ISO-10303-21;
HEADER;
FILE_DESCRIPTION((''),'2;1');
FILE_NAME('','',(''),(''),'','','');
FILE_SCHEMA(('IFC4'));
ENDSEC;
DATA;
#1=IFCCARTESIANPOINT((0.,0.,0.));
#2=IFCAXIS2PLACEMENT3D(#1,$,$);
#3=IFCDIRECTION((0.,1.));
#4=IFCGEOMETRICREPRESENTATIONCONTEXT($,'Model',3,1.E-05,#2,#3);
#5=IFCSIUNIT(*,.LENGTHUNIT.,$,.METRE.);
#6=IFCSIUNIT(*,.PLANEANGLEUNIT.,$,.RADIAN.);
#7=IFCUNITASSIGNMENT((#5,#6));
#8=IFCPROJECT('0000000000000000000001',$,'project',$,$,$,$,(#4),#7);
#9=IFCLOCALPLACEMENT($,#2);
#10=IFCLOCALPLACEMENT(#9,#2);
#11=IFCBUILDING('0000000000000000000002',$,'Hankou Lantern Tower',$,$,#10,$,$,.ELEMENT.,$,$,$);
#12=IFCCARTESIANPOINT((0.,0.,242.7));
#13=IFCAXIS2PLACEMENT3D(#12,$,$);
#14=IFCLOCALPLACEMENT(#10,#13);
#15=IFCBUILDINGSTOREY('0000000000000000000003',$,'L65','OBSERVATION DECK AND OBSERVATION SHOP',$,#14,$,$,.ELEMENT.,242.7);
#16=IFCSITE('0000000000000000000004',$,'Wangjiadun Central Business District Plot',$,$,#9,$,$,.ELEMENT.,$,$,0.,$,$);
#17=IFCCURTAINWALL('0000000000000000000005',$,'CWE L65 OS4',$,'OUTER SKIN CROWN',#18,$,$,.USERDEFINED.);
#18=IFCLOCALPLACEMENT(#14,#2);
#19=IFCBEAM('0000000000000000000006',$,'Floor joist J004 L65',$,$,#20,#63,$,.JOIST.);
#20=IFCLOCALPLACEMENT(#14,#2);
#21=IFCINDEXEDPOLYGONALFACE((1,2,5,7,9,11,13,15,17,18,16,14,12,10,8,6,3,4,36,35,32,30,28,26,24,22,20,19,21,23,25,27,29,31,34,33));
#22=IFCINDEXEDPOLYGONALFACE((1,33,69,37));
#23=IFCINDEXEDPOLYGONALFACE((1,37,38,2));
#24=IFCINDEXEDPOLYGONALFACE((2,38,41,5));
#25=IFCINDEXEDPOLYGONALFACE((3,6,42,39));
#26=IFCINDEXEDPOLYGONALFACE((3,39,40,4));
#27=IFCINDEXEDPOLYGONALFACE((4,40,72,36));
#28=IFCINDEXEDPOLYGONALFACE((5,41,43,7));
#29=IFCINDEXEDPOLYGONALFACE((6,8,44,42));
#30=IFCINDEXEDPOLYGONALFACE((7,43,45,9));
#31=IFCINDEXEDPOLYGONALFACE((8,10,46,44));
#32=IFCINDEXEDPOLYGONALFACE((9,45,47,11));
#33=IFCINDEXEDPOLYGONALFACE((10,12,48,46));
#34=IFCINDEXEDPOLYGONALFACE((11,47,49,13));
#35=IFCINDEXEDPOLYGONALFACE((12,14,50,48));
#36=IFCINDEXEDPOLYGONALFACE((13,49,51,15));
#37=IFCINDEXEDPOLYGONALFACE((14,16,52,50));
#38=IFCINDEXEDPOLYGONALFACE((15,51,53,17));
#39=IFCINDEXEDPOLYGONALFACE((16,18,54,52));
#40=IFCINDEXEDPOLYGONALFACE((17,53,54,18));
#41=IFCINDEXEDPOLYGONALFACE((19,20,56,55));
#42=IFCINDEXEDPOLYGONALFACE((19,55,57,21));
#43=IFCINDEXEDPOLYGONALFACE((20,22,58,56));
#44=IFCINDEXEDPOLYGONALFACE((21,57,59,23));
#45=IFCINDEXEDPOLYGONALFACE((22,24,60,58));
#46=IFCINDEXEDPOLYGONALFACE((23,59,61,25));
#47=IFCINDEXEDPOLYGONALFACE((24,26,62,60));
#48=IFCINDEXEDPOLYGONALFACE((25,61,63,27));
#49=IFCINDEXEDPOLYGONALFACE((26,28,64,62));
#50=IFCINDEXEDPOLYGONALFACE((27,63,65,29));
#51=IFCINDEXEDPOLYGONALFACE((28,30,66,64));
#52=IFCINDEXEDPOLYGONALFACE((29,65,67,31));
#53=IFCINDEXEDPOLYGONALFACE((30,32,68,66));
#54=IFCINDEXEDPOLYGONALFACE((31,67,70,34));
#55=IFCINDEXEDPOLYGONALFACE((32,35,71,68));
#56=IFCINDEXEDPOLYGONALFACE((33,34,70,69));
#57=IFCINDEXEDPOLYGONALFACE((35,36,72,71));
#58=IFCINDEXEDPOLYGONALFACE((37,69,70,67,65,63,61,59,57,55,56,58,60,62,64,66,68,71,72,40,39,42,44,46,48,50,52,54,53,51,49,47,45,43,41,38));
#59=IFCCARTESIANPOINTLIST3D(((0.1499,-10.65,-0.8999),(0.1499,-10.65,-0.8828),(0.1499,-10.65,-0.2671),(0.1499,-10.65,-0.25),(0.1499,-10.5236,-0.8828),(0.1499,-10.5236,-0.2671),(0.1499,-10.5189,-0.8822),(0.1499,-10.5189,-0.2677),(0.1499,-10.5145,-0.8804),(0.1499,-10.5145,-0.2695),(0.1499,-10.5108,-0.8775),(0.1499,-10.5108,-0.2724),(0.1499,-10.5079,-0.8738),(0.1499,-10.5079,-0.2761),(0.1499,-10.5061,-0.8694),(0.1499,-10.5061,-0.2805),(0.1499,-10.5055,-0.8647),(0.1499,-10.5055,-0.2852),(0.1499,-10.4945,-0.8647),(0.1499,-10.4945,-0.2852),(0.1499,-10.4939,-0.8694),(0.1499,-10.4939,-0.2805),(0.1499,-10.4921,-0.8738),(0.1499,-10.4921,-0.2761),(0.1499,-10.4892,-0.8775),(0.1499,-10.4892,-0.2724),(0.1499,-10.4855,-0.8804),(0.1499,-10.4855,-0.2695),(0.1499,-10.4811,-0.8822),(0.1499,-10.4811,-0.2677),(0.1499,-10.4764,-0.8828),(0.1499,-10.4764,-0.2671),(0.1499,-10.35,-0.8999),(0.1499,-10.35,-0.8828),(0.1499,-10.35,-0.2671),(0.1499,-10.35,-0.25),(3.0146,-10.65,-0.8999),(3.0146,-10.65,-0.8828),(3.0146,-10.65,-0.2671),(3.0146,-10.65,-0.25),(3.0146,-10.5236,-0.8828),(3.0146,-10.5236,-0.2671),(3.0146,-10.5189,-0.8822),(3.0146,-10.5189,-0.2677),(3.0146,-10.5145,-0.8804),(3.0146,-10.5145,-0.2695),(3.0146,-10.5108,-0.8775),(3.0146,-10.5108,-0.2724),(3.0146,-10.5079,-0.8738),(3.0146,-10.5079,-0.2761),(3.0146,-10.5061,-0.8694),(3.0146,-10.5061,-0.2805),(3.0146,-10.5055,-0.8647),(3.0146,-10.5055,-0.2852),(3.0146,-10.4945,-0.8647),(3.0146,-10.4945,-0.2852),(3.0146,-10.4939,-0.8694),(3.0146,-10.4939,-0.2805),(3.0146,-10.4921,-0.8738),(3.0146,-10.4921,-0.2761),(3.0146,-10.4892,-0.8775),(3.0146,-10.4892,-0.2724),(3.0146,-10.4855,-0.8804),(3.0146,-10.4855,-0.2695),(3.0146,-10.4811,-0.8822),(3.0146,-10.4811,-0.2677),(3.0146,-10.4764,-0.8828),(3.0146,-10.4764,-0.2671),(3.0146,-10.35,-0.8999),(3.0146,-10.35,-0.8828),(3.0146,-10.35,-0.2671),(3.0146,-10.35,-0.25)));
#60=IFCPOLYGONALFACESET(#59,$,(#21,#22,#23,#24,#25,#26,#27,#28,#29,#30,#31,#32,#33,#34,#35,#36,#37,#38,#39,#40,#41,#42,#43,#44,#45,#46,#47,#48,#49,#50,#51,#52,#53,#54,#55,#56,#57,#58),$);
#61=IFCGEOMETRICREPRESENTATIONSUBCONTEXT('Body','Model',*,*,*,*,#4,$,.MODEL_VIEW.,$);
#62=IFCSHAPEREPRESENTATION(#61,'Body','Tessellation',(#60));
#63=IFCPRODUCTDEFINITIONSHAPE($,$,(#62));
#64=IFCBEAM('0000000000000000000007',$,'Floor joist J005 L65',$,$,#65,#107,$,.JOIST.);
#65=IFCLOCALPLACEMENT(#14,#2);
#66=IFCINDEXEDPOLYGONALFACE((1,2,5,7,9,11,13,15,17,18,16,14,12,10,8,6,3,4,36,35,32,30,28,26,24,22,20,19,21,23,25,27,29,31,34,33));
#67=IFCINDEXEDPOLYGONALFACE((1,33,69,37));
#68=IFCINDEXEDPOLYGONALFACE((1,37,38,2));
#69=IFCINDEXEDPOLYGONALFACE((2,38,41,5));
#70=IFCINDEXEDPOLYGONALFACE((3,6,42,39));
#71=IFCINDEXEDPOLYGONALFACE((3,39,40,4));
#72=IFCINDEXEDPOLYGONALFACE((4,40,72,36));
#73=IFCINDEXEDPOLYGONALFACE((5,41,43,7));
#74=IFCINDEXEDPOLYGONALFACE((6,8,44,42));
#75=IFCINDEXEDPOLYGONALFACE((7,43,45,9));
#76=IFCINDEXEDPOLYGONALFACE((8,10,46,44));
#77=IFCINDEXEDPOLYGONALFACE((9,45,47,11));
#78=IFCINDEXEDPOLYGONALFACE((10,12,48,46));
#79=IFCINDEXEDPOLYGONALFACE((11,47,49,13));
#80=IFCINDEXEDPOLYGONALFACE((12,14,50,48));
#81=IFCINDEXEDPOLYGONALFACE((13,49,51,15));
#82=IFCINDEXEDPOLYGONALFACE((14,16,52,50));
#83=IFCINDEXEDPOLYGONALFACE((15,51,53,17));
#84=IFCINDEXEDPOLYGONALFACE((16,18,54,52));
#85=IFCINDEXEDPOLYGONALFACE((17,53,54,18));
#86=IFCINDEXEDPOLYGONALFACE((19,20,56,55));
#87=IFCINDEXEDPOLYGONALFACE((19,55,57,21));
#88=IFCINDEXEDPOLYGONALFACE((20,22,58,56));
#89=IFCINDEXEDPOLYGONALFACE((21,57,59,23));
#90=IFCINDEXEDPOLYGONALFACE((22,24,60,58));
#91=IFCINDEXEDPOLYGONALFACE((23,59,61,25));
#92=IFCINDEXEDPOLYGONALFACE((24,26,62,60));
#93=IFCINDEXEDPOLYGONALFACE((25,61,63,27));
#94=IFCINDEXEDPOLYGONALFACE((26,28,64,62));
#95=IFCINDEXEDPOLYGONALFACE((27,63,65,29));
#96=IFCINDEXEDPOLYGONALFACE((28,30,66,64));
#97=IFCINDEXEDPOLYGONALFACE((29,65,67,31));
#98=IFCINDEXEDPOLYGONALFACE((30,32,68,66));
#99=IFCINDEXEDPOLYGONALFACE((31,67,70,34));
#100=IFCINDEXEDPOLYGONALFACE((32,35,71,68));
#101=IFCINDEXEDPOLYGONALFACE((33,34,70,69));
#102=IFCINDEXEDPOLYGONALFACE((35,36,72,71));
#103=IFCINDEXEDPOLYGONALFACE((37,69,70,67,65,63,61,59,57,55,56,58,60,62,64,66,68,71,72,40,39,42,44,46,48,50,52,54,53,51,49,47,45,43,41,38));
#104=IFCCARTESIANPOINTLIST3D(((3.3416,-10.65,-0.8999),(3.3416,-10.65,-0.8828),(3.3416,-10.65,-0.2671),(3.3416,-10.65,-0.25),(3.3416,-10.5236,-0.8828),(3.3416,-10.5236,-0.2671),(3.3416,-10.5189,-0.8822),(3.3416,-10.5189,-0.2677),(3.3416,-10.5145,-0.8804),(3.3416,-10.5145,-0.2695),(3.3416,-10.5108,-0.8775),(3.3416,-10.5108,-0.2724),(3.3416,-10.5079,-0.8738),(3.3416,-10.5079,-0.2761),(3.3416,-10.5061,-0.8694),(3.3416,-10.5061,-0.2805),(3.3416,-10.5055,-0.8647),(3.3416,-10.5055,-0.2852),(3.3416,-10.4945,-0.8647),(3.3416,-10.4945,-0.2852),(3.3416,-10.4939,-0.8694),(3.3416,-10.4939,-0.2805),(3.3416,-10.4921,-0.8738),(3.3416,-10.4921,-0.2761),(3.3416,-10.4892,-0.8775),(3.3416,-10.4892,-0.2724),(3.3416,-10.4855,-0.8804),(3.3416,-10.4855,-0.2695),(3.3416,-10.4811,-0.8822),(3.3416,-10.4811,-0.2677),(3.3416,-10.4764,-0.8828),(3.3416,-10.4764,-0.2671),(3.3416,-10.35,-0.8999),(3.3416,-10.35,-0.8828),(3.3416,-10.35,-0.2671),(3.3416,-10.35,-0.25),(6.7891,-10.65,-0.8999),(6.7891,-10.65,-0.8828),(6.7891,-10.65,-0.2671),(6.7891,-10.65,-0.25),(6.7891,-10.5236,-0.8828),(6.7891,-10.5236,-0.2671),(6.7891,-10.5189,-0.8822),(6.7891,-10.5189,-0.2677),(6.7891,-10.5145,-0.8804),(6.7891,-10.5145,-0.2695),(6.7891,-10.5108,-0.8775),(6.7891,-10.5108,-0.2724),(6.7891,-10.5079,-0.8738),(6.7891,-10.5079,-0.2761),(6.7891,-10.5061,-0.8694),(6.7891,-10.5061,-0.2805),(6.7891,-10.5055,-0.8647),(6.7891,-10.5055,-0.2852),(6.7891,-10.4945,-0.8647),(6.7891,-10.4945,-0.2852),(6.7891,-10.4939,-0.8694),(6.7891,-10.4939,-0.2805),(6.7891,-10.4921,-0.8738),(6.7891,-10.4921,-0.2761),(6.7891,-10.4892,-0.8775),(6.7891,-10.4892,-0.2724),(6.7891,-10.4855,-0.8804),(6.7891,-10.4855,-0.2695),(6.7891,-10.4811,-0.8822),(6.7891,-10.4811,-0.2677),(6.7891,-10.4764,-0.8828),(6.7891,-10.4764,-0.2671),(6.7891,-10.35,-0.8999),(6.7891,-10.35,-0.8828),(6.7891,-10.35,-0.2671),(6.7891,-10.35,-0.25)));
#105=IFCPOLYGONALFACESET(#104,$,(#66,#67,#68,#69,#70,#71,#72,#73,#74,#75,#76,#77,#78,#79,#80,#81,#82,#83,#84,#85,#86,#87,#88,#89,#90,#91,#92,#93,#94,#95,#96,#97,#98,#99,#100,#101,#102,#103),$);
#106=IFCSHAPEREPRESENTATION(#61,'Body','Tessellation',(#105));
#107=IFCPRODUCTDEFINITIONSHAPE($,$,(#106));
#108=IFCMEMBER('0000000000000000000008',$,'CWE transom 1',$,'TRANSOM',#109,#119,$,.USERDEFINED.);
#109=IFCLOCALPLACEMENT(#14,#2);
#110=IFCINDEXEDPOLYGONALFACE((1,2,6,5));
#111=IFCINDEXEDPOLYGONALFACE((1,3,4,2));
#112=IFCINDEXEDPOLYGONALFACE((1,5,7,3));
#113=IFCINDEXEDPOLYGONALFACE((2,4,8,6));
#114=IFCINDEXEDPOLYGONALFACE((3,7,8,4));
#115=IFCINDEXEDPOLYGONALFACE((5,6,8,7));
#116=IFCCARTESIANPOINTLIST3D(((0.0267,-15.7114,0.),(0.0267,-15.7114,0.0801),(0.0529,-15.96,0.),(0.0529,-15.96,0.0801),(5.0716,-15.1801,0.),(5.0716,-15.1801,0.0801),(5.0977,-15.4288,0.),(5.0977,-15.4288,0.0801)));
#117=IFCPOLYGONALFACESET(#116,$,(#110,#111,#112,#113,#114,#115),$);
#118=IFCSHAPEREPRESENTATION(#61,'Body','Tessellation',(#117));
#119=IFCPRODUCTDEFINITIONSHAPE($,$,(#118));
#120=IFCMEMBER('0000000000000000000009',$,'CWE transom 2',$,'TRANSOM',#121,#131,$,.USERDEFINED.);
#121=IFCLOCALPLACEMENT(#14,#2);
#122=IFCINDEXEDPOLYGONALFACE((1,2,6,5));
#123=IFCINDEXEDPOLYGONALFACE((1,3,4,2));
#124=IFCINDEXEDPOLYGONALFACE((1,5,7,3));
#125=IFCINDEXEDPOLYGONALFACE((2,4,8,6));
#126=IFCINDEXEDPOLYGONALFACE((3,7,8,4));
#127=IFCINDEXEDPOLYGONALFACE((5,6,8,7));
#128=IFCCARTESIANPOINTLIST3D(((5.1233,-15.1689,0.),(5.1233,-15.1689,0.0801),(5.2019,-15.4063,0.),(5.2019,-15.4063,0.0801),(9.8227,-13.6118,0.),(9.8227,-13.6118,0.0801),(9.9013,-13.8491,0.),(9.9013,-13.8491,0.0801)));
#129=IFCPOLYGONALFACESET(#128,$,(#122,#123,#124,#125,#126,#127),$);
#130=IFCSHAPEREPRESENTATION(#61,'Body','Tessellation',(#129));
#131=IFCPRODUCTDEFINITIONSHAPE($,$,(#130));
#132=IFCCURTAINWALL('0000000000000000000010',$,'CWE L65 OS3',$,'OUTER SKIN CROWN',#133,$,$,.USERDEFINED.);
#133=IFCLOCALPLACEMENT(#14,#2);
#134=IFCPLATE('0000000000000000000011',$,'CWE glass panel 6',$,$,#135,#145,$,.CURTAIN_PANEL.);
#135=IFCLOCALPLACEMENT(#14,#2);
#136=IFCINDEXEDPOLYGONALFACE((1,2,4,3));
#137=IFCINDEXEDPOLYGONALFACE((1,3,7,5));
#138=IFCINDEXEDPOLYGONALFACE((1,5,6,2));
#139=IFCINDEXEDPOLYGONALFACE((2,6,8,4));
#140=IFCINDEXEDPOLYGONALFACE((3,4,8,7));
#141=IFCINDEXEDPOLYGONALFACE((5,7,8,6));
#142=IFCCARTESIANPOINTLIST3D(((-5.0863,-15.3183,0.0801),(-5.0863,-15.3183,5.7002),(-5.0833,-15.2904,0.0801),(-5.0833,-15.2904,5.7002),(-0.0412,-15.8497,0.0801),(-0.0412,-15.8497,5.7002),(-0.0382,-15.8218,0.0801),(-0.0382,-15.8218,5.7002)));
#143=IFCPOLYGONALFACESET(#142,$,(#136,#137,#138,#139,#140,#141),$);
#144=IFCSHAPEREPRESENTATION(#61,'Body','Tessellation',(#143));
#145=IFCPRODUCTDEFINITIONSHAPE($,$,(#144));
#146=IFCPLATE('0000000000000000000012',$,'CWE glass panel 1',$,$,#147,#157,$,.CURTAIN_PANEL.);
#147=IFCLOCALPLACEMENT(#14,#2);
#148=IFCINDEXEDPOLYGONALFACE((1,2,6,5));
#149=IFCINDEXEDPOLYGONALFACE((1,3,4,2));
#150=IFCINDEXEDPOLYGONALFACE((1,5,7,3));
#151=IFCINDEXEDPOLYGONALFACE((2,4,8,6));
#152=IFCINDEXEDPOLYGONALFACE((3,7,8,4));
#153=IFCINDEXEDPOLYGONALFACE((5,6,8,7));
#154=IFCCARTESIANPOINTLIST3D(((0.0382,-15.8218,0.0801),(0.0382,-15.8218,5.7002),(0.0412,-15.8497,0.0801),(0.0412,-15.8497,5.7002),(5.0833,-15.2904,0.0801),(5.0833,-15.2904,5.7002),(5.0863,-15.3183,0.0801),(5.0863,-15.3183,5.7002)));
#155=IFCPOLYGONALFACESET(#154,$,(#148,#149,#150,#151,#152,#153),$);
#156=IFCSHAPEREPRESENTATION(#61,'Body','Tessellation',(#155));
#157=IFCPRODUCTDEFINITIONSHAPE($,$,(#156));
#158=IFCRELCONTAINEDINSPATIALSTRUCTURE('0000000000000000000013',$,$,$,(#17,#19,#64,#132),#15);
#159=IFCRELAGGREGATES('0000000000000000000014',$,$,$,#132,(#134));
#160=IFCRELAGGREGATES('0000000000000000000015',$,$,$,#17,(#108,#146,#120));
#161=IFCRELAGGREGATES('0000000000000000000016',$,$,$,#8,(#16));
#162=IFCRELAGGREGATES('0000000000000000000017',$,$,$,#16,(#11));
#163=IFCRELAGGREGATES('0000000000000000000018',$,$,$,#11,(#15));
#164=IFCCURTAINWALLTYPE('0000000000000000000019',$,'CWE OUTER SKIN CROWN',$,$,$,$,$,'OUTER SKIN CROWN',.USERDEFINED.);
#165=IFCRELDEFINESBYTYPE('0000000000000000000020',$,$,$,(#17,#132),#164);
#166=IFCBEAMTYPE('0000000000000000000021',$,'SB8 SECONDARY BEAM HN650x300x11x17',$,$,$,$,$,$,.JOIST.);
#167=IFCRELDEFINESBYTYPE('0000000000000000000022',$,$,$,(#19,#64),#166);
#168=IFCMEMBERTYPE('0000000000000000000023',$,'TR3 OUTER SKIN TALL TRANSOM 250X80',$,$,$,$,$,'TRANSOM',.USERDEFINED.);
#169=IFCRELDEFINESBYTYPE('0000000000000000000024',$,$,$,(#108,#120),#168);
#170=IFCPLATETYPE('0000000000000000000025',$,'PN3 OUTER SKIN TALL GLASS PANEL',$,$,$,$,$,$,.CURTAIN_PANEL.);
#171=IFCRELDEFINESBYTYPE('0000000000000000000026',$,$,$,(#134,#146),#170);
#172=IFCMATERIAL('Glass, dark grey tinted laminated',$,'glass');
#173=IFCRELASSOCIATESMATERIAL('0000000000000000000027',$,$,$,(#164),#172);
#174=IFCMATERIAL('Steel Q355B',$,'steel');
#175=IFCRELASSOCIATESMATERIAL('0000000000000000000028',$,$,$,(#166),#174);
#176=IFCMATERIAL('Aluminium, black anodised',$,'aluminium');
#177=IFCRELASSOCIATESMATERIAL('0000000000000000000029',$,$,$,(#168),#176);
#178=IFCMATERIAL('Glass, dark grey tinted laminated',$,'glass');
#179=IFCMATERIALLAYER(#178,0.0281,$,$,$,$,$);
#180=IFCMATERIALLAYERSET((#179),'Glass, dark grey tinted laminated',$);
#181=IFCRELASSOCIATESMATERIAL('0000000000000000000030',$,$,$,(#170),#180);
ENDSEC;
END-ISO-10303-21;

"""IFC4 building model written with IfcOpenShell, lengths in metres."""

from ifc_helpers import new_model, si_unit, direction, frame, origin, origin_2d, place, context, subcontext, project, spatial, rectangle, i_section, extrude, material, layer, layer_set, material_profile, profile_set, type_object, element, aggregate, save


model = new_model("IFC4")

# Units and contexts
model_context = context("Model", 3, precision=1e-05, world=origin(), true_north=direction((0.0, 1.0)))
body_context = subcontext(model_context, "Body", "Model", "MODEL_VIEW")
ifc_project = project(units=[si_unit("LENGTHUNIT", "METRE"), si_unit("PLANEANGLEUNIT", "RADIAN")], contexts=[model_context])

# Site, building, storey
site_placement = place(None, origin())
site = spatial("IfcSite", under=ifc_project, at=site_placement, Name="Wangjiadun Central Business District Plot", CompositionType="ELEMENT", RefElevation=0.0)
building_placement = place(site_placement, origin())
building = spatial("IfcBuilding", under=site, at=building_placement, Name="Hankou Lantern Tower", CompositionType="ELEMENT")
storey_placement = place(building_placement, frame((0.0, 0.0, 242.7)))
storey = spatial("IfcBuildingStorey", under=building, at=storey_placement, Name="L65", Description="OBSERVATION DECK AND OBSERVATION SHOP", CompositionType="ELEMENT", Elevation=242.7)

# Curtain wall
ifc_material_1 = material(Name="Glass, dark grey tinted laminated", Category="glass")
curtain_wall_type = type_object("IfcCurtainWallType", Name="CWE OUTER SKIN CROWN", ElementType="OUTER SKIN CROWN", PredefinedType="USERDEFINED", material=ifc_material_1)
curtain_wall_1_placement = place(storey_placement, origin())
curtain_wall_1 = element("IfcCurtainWall", 1, at=curtain_wall_1_placement, inside=storey, type_object=curtain_wall_type, Name="CWE L65 OS4", ObjectType="OUTER SKIN CROWN", PredefinedType="USERDEFINED")

# Beams
ifc_material_2 = material(Name="Steel Q355B", Category="steel")
ifc_material_profile_1 = material_profile(ifc_material_2, i_section(OverallWidth=0.3, OverallDepth=0.6499, WebThickness=0.011, FlangeThickness=0.0171, FilletRadius=0.0181, at=origin_2d()), Name="HN650x300x11x17")
ifc_profile_set_1 = profile_set([ifc_material_profile_1], Name="Steel Q355B")
beam_type_1 = type_object("IfcBeamType", Name="SB8 SECONDARY BEAM HN650x300x11x17", PredefinedType="JOIST", material=ifc_profile_set_1)
beam_1_placement = place(storey_placement, frame((0.1499, -10.5, -0.575), z_axis=(1.0, 0.0, 0.0), x_axis=(0.0, 1.0, 0.0)))
element("IfcBeam", 2, at=beam_1_placement, inside=storey, type_object=beam_type_1, Name="Floor joist J004 L65", PredefinedType="JOIST", context=body_context, shape_type="SweptSolid", body=[
    extrude(i_section(OverallWidth=0.3, OverallDepth=0.6499, WebThickness=0.011, FlangeThickness=0.0171, FilletRadius=0.0181, at=origin_2d()), origin(), (0.0, 0.0, 1.0), 2.8647),
])
beam_2_placement = place(storey_placement, frame((3.3416, -10.5, -0.575), z_axis=(1.0, 0.0, 0.0), x_axis=(0.0, 1.0, 0.0)))
element("IfcBeam", 3, at=beam_2_placement, inside=storey, type_object=beam_type_1, Name="Floor joist J005 L65", PredefinedType="JOIST", context=body_context, shape_type="SweptSolid", body=[
    extrude(i_section(OverallWidth=0.3, OverallDepth=0.6499, WebThickness=0.011, FlangeThickness=0.0171, FilletRadius=0.0181, at=origin_2d()), origin(), (0.0, 0.0, 1.0), 3.4475),
])

# Members
ifc_material_3 = material(Name="Aluminium, black anodised", Category="aluminium")
ifc_material_profile_2 = material_profile(ifc_material_3, rectangle(XDim=0.25, YDim=0.0801, at=origin_2d()), Name="TR3 250X80")
ifc_profile_set_2 = profile_set([ifc_material_profile_2], Name="Aluminium, black anodised")
member_type_1 = type_object("IfcMemberType", Name="TR3 OUTER SKIN TALL TRANSOM 250X80", ElementType="TRANSOM", PredefinedType="USERDEFINED", material=ifc_profile_set_2)
member_1_placement = place(storey_placement, frame((0.0398, -15.8357, 0.04), z_axis=(0.994501, 0.104725, 0.0), x_axis=(-0.104725, 0.994501, 0.0)))
member_1 = element("IfcMember", 4, at=member_1_placement, type_object=member_type_1, Name="CWE transom 1", ObjectType="TRANSOM", PredefinedType="USERDEFINED", context=body_context, shape_type="SweptSolid", body=[
    extrude(rectangle(XDim=0.25, YDim=0.0801, at=origin_2d()), origin(), (0.0, 0.0, 1.0), 5.0728),
])
member_2_placement = place(storey_placement, frame((5.1626, -15.2876, 0.04), z_axis=(0.949249, 0.314526, 0.0), x_axis=(-0.314526, 0.949249, 0.0)))
member_2 = element("IfcMember", 5, at=member_2_placement, type_object=member_type_1, Name="CWE transom 2", ObjectType="TRANSOM", PredefinedType="USERDEFINED", context=body_context, shape_type="SweptSolid", body=[
    extrude(rectangle(XDim=0.25, YDim=0.0801, at=origin_2d()), origin(), (0.0, 0.0, 1.0), 4.9507),
])

# Curtain wall, plate
curtain_wall_2_placement = place(storey_placement, origin())
curtain_wall_2 = element("IfcCurtainWall", 6, at=curtain_wall_2_placement, inside=storey, type_object=curtain_wall_type, Name="CWE L65 OS3", ObjectType="OUTER SKIN CROWN", PredefinedType="USERDEFINED")
ifc_material_4 = material(Name="Glass, dark grey tinted laminated", Category="glass")
ifc_layer_1 = layer(ifc_material_4, 0.0281)
ifc_layer_set_1 = layer_set([ifc_layer_1], Name="Glass, dark grey tinted laminated")
plate_type = type_object("IfcPlateType", Name="PN3 OUTER SKIN TALL GLASS PANEL", PredefinedType="CURTAIN_PANEL", material=ifc_layer_set_1)
plate_1_placement = place(storey_placement, frame((-2.5623, -15.5701, 0.0801), z_axis=(0.0, 0.0, 1.0), x_axis=(0.994499, -0.104743, 0.0)))
plate_1 = element("IfcPlate", 7, at=plate_1_placement, type_object=plate_type, Name="CWE glass panel 6", PredefinedType="CURTAIN_PANEL", context=body_context, shape_type="SweptSolid", body=[
    extrude(rectangle(XDim=5.073, YDim=0.0281, at=origin_2d()), origin(), (0.0, 0.0, 1.0), 5.6201),
])
aggregate(curtain_wall_2, [plate_1])

# Plate
plate_2_placement = place(storey_placement, frame((2.5623, -15.5701, 0.0801), z_axis=(0.0, 0.0, 1.0), x_axis=(0.994499, 0.104743, 0.0)))
plate_2 = element("IfcPlate", 8, at=plate_2_placement, type_object=plate_type, Name="CWE glass panel 1", PredefinedType="CURTAIN_PANEL", context=body_context, shape_type="SweptSolid", body=[
    extrude(rectangle(XDim=5.073, YDim=0.0281, at=origin_2d()), origin(), (0.0, 0.0, 1.0), 5.6201),
])
aggregate(curtain_wall_1, [member_1, plate_2, member_2])

save(model, "model.ifc")
